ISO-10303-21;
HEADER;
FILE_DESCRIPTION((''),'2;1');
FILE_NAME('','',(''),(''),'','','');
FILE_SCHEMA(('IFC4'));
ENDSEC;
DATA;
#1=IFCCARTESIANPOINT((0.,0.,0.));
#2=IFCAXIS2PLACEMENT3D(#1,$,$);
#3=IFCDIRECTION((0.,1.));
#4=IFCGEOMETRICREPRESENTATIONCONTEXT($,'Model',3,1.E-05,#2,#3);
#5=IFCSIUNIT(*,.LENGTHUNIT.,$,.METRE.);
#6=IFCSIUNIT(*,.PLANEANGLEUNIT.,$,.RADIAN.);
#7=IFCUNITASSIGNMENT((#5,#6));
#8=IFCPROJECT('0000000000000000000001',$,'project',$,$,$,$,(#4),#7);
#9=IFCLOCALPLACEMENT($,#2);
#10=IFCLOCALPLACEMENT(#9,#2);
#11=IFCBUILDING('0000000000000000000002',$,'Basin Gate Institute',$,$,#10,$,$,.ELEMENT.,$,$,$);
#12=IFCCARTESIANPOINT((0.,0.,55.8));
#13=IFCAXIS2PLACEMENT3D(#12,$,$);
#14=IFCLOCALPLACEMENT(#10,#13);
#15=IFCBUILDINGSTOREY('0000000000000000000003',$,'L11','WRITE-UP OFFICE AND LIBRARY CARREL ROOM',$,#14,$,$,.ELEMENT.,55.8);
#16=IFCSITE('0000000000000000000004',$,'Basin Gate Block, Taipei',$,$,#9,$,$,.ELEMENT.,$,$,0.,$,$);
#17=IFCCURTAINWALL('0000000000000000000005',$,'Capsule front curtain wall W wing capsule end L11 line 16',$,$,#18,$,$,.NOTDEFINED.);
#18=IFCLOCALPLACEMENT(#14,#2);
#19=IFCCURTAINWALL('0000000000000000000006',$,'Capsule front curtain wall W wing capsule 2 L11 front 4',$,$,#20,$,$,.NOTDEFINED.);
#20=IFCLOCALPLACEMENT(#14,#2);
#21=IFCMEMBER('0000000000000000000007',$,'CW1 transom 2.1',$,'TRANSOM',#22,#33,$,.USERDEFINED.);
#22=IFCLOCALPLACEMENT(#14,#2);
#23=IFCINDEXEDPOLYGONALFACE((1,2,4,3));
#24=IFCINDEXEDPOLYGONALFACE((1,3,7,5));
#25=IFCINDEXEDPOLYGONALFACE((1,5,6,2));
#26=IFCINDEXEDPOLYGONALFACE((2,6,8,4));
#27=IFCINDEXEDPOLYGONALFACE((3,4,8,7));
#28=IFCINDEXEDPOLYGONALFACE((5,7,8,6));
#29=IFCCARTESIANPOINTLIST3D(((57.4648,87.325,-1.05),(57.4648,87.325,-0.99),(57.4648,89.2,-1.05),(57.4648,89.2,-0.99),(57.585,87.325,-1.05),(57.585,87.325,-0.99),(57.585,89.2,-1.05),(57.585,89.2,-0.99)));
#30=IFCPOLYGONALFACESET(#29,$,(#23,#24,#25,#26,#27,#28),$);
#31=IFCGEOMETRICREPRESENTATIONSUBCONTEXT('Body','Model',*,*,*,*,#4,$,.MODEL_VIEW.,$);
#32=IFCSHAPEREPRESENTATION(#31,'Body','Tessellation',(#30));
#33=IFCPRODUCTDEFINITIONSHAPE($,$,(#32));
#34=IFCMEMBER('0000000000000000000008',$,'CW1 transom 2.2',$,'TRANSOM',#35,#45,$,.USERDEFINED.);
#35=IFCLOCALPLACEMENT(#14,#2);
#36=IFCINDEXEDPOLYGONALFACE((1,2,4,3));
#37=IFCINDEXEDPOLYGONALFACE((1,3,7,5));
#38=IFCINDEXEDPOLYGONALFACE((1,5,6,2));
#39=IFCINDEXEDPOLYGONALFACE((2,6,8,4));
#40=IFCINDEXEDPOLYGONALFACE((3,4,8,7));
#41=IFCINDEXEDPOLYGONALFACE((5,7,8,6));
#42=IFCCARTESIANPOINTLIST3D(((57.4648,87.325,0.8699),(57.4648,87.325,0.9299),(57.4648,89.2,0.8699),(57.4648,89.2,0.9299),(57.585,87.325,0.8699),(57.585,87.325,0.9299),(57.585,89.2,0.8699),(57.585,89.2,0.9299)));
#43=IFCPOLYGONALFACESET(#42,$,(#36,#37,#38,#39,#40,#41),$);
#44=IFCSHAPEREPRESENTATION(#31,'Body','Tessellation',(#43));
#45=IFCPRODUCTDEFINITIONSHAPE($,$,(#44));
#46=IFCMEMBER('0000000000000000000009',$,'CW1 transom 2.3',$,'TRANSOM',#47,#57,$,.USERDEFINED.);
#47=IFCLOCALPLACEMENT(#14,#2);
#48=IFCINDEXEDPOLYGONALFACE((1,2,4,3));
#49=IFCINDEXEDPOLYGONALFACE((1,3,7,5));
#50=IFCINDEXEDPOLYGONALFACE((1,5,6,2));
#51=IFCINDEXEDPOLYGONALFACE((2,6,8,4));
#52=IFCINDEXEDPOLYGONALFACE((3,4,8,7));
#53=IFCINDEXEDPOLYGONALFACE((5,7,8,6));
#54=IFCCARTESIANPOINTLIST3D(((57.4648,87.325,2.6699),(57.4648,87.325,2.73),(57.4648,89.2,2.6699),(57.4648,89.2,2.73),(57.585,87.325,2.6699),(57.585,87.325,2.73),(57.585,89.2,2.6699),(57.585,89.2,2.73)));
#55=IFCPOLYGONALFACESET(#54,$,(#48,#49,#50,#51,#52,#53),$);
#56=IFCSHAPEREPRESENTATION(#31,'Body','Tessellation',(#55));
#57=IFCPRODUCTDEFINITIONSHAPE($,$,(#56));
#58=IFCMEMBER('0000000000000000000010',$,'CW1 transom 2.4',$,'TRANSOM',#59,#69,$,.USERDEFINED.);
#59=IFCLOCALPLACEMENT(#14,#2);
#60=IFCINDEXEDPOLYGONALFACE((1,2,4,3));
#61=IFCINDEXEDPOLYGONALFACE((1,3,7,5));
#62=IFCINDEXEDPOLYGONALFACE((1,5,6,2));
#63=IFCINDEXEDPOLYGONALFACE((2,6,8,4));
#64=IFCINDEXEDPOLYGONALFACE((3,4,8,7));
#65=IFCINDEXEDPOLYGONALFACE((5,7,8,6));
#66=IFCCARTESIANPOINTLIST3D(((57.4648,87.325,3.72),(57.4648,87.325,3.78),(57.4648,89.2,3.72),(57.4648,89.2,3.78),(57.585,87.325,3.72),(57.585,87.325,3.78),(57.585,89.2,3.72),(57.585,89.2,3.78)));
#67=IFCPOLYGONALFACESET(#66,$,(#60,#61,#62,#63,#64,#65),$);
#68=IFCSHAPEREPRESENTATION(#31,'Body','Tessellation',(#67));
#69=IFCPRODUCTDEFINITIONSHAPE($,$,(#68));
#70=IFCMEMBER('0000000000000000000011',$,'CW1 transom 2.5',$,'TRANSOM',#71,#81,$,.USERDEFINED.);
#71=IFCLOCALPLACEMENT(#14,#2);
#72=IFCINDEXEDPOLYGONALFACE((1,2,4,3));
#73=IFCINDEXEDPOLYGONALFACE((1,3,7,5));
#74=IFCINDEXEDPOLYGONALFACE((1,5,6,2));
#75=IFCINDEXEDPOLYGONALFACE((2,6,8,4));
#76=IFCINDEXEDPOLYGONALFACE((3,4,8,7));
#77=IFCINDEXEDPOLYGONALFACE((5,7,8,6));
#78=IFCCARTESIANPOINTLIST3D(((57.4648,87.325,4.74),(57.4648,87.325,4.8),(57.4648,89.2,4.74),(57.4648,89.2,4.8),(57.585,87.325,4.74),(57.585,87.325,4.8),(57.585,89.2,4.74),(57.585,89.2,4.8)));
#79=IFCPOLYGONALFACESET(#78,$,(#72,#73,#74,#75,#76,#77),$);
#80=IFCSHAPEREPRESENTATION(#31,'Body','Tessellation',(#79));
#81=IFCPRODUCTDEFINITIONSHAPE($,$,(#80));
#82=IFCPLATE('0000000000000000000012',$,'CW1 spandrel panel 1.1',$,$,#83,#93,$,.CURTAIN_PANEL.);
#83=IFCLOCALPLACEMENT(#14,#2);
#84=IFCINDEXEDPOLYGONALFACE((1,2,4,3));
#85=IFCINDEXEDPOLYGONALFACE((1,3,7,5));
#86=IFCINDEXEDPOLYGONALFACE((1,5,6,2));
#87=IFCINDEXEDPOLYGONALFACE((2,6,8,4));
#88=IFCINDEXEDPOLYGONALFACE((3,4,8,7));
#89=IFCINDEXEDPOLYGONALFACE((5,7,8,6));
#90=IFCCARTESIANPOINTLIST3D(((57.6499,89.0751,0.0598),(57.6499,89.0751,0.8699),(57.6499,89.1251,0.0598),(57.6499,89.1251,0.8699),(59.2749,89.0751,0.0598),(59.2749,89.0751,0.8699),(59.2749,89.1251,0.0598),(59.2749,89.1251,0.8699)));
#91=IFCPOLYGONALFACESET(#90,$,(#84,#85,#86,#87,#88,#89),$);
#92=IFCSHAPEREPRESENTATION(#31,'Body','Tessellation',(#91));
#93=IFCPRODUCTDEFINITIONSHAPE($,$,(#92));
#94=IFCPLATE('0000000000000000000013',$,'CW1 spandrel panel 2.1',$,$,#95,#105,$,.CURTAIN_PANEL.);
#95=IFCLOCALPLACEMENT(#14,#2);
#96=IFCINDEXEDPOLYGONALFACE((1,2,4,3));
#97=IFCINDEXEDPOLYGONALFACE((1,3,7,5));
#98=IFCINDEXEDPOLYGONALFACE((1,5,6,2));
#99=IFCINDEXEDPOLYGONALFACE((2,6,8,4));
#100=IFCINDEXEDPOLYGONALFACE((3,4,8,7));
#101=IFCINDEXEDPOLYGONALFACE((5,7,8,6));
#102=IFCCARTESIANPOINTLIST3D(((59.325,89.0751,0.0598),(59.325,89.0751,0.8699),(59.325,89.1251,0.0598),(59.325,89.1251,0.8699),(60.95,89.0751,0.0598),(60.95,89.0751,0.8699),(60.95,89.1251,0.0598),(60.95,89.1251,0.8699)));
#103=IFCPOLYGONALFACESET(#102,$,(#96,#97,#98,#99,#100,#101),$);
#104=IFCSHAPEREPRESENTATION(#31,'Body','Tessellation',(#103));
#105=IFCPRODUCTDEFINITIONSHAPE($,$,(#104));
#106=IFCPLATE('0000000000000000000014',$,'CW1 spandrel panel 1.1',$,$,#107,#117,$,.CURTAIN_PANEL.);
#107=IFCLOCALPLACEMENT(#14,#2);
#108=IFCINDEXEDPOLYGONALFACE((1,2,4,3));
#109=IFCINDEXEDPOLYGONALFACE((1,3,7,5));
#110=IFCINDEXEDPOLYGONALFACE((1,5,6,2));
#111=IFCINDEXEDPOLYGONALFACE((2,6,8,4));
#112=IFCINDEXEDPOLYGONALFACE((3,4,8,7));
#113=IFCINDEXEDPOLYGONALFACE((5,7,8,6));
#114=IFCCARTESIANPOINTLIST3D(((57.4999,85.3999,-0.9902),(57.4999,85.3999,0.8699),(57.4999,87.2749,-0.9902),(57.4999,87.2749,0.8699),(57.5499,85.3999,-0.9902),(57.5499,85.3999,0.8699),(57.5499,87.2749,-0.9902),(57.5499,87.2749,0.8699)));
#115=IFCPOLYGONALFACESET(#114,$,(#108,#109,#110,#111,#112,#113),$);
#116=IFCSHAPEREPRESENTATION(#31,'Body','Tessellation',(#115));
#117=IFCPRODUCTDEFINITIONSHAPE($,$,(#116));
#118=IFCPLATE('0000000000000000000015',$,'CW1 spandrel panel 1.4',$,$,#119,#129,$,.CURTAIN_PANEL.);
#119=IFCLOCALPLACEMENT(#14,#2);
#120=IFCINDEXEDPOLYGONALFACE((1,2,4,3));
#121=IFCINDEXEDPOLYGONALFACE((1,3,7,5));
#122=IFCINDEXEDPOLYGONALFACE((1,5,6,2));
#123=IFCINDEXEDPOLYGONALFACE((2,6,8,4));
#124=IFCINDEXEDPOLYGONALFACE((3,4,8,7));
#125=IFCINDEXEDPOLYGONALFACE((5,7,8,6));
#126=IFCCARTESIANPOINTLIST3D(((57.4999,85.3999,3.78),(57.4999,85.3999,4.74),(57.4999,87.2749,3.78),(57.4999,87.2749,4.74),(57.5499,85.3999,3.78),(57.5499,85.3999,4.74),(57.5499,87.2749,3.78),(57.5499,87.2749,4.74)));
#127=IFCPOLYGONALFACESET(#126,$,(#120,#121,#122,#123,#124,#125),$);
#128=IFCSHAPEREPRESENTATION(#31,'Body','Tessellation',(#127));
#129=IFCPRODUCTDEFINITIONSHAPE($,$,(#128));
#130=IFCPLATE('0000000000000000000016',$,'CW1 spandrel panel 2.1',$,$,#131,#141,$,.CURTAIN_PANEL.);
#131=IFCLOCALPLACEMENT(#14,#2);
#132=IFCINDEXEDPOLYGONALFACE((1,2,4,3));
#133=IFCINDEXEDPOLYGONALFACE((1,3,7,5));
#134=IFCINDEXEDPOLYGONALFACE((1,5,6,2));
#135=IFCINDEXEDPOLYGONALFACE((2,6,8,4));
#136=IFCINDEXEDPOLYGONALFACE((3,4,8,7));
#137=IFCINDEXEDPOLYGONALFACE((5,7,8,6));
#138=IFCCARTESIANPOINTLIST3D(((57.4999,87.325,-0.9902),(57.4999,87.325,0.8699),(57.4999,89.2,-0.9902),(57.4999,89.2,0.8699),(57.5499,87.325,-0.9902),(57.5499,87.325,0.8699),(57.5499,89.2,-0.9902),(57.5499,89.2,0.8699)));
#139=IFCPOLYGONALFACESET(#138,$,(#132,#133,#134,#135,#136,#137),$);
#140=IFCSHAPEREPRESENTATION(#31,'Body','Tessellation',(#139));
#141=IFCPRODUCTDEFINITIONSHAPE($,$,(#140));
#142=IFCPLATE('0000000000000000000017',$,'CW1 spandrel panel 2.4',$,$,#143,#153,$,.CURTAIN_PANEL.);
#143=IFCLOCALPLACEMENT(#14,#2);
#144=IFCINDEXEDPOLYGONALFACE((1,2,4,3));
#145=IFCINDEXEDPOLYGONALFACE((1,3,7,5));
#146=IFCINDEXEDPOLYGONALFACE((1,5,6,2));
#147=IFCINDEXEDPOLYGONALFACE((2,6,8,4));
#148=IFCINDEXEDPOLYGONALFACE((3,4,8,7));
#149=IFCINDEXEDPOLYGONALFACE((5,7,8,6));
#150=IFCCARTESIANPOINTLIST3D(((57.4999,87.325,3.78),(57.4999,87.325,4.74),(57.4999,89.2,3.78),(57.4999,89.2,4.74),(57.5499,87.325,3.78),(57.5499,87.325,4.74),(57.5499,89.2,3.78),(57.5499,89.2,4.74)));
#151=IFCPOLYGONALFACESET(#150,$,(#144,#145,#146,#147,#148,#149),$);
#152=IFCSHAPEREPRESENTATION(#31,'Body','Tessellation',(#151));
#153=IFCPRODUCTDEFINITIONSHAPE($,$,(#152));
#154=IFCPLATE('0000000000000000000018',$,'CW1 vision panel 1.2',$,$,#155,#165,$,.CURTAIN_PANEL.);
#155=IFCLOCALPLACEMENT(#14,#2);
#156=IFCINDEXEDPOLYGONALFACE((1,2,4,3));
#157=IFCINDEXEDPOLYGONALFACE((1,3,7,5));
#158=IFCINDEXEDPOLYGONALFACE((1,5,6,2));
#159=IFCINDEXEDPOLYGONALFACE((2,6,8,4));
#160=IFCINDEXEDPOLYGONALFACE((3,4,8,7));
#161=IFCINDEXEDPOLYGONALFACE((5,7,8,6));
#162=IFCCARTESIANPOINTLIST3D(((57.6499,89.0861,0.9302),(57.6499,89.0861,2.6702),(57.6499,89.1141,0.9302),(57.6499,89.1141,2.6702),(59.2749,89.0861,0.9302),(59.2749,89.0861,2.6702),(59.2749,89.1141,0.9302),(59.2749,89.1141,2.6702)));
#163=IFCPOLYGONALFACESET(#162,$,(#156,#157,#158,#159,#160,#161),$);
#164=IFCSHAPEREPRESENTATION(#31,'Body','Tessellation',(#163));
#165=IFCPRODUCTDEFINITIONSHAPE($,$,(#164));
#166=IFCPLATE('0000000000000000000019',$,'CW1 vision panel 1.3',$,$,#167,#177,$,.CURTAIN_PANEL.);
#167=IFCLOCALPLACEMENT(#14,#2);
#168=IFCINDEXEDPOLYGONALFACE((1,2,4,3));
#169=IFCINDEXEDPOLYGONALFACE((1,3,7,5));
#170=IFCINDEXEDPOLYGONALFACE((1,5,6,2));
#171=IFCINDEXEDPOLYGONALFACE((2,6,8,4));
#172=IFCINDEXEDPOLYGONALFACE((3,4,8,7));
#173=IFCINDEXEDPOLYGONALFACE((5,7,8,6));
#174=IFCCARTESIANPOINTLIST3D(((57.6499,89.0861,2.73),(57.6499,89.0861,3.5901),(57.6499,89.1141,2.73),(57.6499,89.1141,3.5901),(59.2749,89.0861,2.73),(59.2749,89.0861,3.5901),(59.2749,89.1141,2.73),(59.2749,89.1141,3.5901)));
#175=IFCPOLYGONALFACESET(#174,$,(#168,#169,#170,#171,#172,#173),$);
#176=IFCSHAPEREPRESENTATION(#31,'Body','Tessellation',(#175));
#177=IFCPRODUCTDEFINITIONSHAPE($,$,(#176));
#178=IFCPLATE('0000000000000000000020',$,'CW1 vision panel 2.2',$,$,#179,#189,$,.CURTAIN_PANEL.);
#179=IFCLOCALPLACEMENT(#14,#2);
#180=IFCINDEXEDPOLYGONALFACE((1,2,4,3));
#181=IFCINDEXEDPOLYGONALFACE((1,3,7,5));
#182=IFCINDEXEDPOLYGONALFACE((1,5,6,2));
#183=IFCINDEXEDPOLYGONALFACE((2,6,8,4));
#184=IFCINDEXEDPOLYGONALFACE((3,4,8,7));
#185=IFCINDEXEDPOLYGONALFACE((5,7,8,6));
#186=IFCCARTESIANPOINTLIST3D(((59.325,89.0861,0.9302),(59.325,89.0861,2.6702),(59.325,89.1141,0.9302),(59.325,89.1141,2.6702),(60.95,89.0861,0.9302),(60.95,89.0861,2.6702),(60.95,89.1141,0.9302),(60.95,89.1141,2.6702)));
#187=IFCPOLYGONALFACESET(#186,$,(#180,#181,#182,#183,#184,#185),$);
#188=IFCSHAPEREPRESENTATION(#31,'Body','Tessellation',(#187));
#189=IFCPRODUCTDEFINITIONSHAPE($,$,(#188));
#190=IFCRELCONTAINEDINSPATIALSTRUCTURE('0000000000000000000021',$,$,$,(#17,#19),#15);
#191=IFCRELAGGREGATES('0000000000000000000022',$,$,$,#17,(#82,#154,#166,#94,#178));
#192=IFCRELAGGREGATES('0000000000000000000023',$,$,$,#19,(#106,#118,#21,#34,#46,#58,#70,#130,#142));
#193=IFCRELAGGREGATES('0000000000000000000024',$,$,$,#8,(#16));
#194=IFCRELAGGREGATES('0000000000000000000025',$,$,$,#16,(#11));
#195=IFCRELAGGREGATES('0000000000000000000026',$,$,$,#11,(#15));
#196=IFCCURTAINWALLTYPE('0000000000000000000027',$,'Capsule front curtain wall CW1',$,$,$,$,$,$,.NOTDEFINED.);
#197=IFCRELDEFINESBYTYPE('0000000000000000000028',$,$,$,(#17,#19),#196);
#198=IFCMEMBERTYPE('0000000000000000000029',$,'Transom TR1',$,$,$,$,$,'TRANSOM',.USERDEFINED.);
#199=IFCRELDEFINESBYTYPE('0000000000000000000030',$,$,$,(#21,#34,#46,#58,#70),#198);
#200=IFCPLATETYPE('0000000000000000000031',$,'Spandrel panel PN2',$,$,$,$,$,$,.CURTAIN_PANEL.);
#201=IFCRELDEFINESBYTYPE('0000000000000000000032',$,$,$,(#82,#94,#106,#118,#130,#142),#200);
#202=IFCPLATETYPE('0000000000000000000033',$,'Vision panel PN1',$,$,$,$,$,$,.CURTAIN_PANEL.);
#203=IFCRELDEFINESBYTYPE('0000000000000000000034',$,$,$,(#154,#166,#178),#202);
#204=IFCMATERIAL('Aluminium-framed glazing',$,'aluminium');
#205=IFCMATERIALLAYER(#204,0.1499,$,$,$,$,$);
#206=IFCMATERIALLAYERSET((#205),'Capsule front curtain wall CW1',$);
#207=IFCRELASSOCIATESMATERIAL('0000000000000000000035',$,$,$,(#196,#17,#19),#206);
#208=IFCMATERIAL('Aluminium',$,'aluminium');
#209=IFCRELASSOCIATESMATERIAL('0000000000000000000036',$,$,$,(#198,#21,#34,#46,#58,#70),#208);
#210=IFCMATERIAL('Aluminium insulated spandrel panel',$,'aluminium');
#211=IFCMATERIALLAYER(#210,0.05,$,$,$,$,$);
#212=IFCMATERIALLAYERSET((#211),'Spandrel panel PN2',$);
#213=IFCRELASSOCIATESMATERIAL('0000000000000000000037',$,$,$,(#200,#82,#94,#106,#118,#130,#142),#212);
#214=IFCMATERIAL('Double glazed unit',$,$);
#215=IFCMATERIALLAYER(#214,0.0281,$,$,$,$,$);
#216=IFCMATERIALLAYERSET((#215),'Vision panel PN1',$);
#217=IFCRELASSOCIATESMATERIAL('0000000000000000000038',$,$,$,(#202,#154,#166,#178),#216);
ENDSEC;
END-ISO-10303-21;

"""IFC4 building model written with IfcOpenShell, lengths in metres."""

from ifc_helpers import new_model, si_unit, direction, frame, origin, origin_2d, place, context, subcontext, project, spatial, rectangle, extrude, material, layer, layer_set, material_profile, profile_set, type_object, element, aggregate, save


model = new_model("IFC4")

# Units and contexts
model_context = context("Model", 3, precision=1e-05, world=origin(), true_north=direction((0.0, 1.0)))
body_context = subcontext(model_context, "Body", "Model", "MODEL_VIEW")
ifc_project = project(units=[si_unit("LENGTHUNIT", "METRE"), si_unit("PLANEANGLEUNIT", "RADIAN")], contexts=[model_context])

# Site, building, storey
site_placement = place(None, origin())
site = spatial("IfcSite", under=ifc_project, at=site_placement, Name="Basin Gate Block, Taipei", CompositionType="ELEMENT", RefElevation=0.0)
building_placement = place(site_placement, origin())
building = spatial("IfcBuilding", under=site, at=building_placement, Name="Basin Gate Institute", CompositionType="ELEMENT")
storey_placement = place(building_placement, frame((0.0, 0.0, 55.8)))
storey = spatial("IfcBuildingStorey", under=building, at=storey_placement, Name="L11", Description="WRITE-UP OFFICE AND LIBRARY CARREL ROOM", CompositionType="ELEMENT", Elevation=55.8)

# Curtain walls
ifc_material_1 = material(Name="Aluminium-framed glazing", Category="aluminium")
ifc_layer_1 = layer(ifc_material_1, 0.1499)
ifc_layer_set_1 = layer_set([ifc_layer_1], Name="Capsule front curtain wall CW1")
curtain_wall_type = type_object("IfcCurtainWallType", Name="Capsule front curtain wall CW1", PredefinedType="NOTDEFINED", material=ifc_layer_set_1)
curtain_wall_1_placement = place(storey_placement, origin())
curtain_wall_1 = element("IfcCurtainWall", 1, at=curtain_wall_1_placement, inside=storey, type_object=curtain_wall_type, material=ifc_layer_set_1, Name="Capsule front curtain wall W wing capsule end L11 line 16", PredefinedType="NOTDEFINED")
curtain_wall_2_placement = place(storey_placement, origin())
curtain_wall_2 = element("IfcCurtainWall", 2, at=curtain_wall_2_placement, inside=storey, type_object=curtain_wall_type, material=ifc_layer_set_1, Name="Capsule front curtain wall W wing capsule 2 L11 front 4", PredefinedType="NOTDEFINED")

# Members
ifc_material_2 = material(Name="Aluminium", Category="aluminium")
ifc_material_profile_1 = material_profile(ifc_material_2, rectangle(XDim=0.1201, YDim=0.0601, at=origin_2d()), Name="Transom TR1 120 x 60")
ifc_profile_set_1 = profile_set([ifc_material_profile_1], Name="Aluminium")
member_type_1 = type_object("IfcMemberType", Name="Transom TR1", ElementType="TRANSOM", PredefinedType="USERDEFINED", material=ifc_profile_set_1)
member_1_placement = place(storey_placement, frame((57.5249, 87.325, -1.02), z_axis=(0.0, 1.0, 0.0), x_axis=(-1.0, 0.0, 0.0)))
member_1 = element("IfcMember", 3, at=member_1_placement, type_object=member_type_1, material=ifc_profile_set_1, Name="CW1 transom 2.1", ObjectType="TRANSOM", PredefinedType="USERDEFINED", context=body_context, shape_type="SweptSolid", body=[
    extrude(rectangle(XDim=0.1201, YDim=0.0601, at=origin_2d()), origin(), (0.0, 0.0, 1.0), 1.875),
])
member_2_placement = place(storey_placement, frame((57.5249, 87.325, 0.8999), z_axis=(0.0, 1.0, 0.0), x_axis=(-1.0, 0.0, 0.0)))
member_2 = element("IfcMember", 4, at=member_2_placement, type_object=member_type_1, material=ifc_profile_set_1, Name="CW1 transom 2.2", ObjectType="TRANSOM", PredefinedType="USERDEFINED", context=body_context, shape_type="SweptSolid", body=[
    extrude(rectangle(XDim=0.1201, YDim=0.0601, at=origin_2d()), origin(), (0.0, 0.0, 1.0), 1.875),
])
member_3_placement = place(storey_placement, frame((57.5249, 87.325, 2.7), z_axis=(0.0, 1.0, 0.0), x_axis=(-1.0, 0.0, 0.0)))
member_3 = element("IfcMember", 5, at=member_3_placement, type_object=member_type_1, material=ifc_profile_set_1, Name="CW1 transom 2.3", ObjectType="TRANSOM", PredefinedType="USERDEFINED", context=body_context, shape_type="SweptSolid", body=[
    extrude(rectangle(XDim=0.1201, YDim=0.0601, at=origin_2d()), origin(), (0.0, 0.0, 1.0), 1.875),
])
member_4_placement = place(storey_placement, frame((57.5249, 87.325, 3.75), z_axis=(0.0, 1.0, 0.0), x_axis=(-1.0, 0.0, 0.0)))
member_4 = element("IfcMember", 6, at=member_4_placement, type_object=member_type_1, material=ifc_profile_set_1, Name="CW1 transom 2.4", ObjectType="TRANSOM", PredefinedType="USERDEFINED", context=body_context, shape_type="SweptSolid", body=[
    extrude(rectangle(XDim=0.1201, YDim=0.0601, at=origin_2d()), origin(), (0.0, 0.0, 1.0), 1.875),
])
member_5_placement = place(storey_placement, frame((57.5249, 87.325, 4.77), z_axis=(0.0, 1.0, 0.0), x_axis=(-1.0, 0.0, 0.0)))
member_5 = element("IfcMember", 7, at=member_5_placement, type_object=member_type_1, material=ifc_profile_set_1, Name="CW1 transom 2.5", ObjectType="TRANSOM", PredefinedType="USERDEFINED", context=body_context, shape_type="SweptSolid", body=[
    extrude(rectangle(XDim=0.1201, YDim=0.0601, at=origin_2d()), origin(), (0.0, 0.0, 1.0), 1.875),
])

# Plates
ifc_material_3 = material(Name="Aluminium insulated spandrel panel", Category="aluminium")
ifc_layer_2 = layer(ifc_material_3, 0.05)
ifc_layer_set_2 = layer_set([ifc_layer_2], Name="Spandrel panel PN2")
plate_type_1 = type_object("IfcPlateType", Name="Spandrel panel PN2", PredefinedType="CURTAIN_PANEL", material=ifc_layer_set_2)
plate_1_placement = place(storey_placement, frame((58.4624, 89.1001, 0.0598), z_axis=(0.0, 0.0, 1.0), x_axis=(1.0, 0.0, 0.0)))
plate_1 = element("IfcPlate", 8, at=plate_1_placement, type_object=plate_type_1, material=ifc_layer_set_2, Name="CW1 spandrel panel 1.1", PredefinedType="CURTAIN_PANEL", context=body_context, shape_type="SweptSolid", body=[
    extrude(rectangle(XDim=1.625, YDim=0.05, at=origin_2d()), origin(), (0.0, 0.0, 1.0), 0.8101),
])
plate_2_placement = place(storey_placement, frame((60.1375, 89.1001, 0.0598), z_axis=(0.0, 0.0, 1.0), x_axis=(1.0, 0.0, 0.0)))
plate_2 = element("IfcPlate", 9, at=plate_2_placement, type_object=plate_type_1, material=ifc_layer_set_2, Name="CW1 spandrel panel 2.1", PredefinedType="CURTAIN_PANEL", context=body_context, shape_type="SweptSolid", body=[
    extrude(rectangle(XDim=1.625, YDim=0.05, at=origin_2d()), origin(), (0.0, 0.0, 1.0), 0.8101),
])
plate_3_placement = place(storey_placement, frame((57.5249, 86.3374, -0.9902), z_axis=(0.0, 0.0, 1.0), x_axis=(0.0, 1.0, 0.0)))
plate_3 = element("IfcPlate", 10, at=plate_3_placement, type_object=plate_type_1, material=ifc_layer_set_2, Name="CW1 spandrel panel 1.1", PredefinedType="CURTAIN_PANEL", context=body_context, shape_type="SweptSolid", body=[
    extrude(rectangle(XDim=1.875, YDim=0.05, at=origin_2d()), origin(), (0.0, 0.0, 1.0), 1.8601),
])
plate_4_placement = place(storey_placement, frame((57.5249, 86.3374, 3.78), z_axis=(0.0, 0.0, 1.0), x_axis=(0.0, 1.0, 0.0)))
plate_4 = element("IfcPlate", 11, at=plate_4_placement, type_object=plate_type_1, material=ifc_layer_set_2, Name="CW1 spandrel panel 1.4", PredefinedType="CURTAIN_PANEL", context=body_context, shape_type="SweptSolid", body=[
    extrude(rectangle(XDim=1.875, YDim=0.05, at=origin_2d()), origin(), (0.0, 0.0, 1.0), 0.96),
])
plate_5_placement = place(storey_placement, frame((57.5249, 88.2625, -0.9902), z_axis=(0.0, 0.0, 1.0), x_axis=(0.0, 1.0, 0.0)))
plate_5 = element("IfcPlate", 12, at=plate_5_placement, type_object=plate_type_1, material=ifc_layer_set_2, Name="CW1 spandrel panel 2.1", PredefinedType="CURTAIN_PANEL", context=body_context, shape_type="SweptSolid", body=[
    extrude(rectangle(XDim=1.875, YDim=0.05, at=origin_2d()), origin(), (0.0, 0.0, 1.0), 1.8601),
])
plate_6_placement = place(storey_placement, frame((57.5249, 88.2625, 3.78), z_axis=(0.0, 0.0, 1.0), x_axis=(0.0, 1.0, 0.0)))
plate_6 = element("IfcPlate", 13, at=plate_6_placement, type_object=plate_type_1, material=ifc_layer_set_2, Name="CW1 spandrel panel 2.4", PredefinedType="CURTAIN_PANEL", context=body_context, shape_type="SweptSolid", body=[
    extrude(rectangle(XDim=1.875, YDim=0.05, at=origin_2d()), origin(), (0.0, 0.0, 1.0), 0.96),
])
ifc_material_4 = material(Name="Double glazed unit")
ifc_layer_3 = layer(ifc_material_4, 0.0281)
ifc_layer_set_3 = layer_set([ifc_layer_3], Name="Vision panel PN1")
plate_type_2 = type_object("IfcPlateType", Name="Vision panel PN1", PredefinedType="CURTAIN_PANEL", material=ifc_layer_set_3)
plate_7_placement = place(storey_placement, frame((58.4624, 89.1001, 0.9302), z_axis=(0.0, 0.0, 1.0), x_axis=(1.0, 0.0, 0.0)))
plate_7 = element("IfcPlate", 14, at=plate_7_placement, type_object=plate_type_2, material=ifc_layer_set_3, Name="CW1 vision panel 1.2", PredefinedType="CURTAIN_PANEL", context=body_context, shape_type="SweptSolid", body=[
    extrude(rectangle(XDim=1.625, YDim=0.0281, at=origin_2d()), origin(), (0.0, 0.0, 1.0), 1.74),
])
plate_8_placement = place(storey_placement, frame((58.4624, 89.1001, 2.73), z_axis=(0.0, 0.0, 1.0), x_axis=(1.0, 0.0, 0.0)))
plate_8 = element("IfcPlate", 15, at=plate_8_placement, type_object=plate_type_2, material=ifc_layer_set_3, Name="CW1 vision panel 1.3", PredefinedType="CURTAIN_PANEL", context=body_context, shape_type="SweptSolid", body=[
    extrude(rectangle(XDim=1.625, YDim=0.0281, at=origin_2d()), origin(), (0.0, 0.0, 1.0), 0.8601),
])
plate_9_placement = place(storey_placement, frame((60.1375, 89.1001, 0.9302), z_axis=(0.0, 0.0, 1.0), x_axis=(1.0, 0.0, 0.0)))
plate_9 = element("IfcPlate", 16, at=plate_9_placement, type_object=plate_type_2, material=ifc_layer_set_3, Name="CW1 vision panel 2.2", PredefinedType="CURTAIN_PANEL", context=body_context, shape_type="SweptSolid", body=[
    extrude(rectangle(XDim=1.625, YDim=0.0281, at=origin_2d()), origin(), (0.0, 0.0, 1.0), 1.74),
])
aggregate(curtain_wall_1, [plate_1, plate_7, plate_8, plate_2, plate_9])
aggregate(curtain_wall_2, [plate_3, plate_4, member_1, member_2, member_3, member_4, member_5, plate_5, plate_6])

save(model, "model.ifc")
